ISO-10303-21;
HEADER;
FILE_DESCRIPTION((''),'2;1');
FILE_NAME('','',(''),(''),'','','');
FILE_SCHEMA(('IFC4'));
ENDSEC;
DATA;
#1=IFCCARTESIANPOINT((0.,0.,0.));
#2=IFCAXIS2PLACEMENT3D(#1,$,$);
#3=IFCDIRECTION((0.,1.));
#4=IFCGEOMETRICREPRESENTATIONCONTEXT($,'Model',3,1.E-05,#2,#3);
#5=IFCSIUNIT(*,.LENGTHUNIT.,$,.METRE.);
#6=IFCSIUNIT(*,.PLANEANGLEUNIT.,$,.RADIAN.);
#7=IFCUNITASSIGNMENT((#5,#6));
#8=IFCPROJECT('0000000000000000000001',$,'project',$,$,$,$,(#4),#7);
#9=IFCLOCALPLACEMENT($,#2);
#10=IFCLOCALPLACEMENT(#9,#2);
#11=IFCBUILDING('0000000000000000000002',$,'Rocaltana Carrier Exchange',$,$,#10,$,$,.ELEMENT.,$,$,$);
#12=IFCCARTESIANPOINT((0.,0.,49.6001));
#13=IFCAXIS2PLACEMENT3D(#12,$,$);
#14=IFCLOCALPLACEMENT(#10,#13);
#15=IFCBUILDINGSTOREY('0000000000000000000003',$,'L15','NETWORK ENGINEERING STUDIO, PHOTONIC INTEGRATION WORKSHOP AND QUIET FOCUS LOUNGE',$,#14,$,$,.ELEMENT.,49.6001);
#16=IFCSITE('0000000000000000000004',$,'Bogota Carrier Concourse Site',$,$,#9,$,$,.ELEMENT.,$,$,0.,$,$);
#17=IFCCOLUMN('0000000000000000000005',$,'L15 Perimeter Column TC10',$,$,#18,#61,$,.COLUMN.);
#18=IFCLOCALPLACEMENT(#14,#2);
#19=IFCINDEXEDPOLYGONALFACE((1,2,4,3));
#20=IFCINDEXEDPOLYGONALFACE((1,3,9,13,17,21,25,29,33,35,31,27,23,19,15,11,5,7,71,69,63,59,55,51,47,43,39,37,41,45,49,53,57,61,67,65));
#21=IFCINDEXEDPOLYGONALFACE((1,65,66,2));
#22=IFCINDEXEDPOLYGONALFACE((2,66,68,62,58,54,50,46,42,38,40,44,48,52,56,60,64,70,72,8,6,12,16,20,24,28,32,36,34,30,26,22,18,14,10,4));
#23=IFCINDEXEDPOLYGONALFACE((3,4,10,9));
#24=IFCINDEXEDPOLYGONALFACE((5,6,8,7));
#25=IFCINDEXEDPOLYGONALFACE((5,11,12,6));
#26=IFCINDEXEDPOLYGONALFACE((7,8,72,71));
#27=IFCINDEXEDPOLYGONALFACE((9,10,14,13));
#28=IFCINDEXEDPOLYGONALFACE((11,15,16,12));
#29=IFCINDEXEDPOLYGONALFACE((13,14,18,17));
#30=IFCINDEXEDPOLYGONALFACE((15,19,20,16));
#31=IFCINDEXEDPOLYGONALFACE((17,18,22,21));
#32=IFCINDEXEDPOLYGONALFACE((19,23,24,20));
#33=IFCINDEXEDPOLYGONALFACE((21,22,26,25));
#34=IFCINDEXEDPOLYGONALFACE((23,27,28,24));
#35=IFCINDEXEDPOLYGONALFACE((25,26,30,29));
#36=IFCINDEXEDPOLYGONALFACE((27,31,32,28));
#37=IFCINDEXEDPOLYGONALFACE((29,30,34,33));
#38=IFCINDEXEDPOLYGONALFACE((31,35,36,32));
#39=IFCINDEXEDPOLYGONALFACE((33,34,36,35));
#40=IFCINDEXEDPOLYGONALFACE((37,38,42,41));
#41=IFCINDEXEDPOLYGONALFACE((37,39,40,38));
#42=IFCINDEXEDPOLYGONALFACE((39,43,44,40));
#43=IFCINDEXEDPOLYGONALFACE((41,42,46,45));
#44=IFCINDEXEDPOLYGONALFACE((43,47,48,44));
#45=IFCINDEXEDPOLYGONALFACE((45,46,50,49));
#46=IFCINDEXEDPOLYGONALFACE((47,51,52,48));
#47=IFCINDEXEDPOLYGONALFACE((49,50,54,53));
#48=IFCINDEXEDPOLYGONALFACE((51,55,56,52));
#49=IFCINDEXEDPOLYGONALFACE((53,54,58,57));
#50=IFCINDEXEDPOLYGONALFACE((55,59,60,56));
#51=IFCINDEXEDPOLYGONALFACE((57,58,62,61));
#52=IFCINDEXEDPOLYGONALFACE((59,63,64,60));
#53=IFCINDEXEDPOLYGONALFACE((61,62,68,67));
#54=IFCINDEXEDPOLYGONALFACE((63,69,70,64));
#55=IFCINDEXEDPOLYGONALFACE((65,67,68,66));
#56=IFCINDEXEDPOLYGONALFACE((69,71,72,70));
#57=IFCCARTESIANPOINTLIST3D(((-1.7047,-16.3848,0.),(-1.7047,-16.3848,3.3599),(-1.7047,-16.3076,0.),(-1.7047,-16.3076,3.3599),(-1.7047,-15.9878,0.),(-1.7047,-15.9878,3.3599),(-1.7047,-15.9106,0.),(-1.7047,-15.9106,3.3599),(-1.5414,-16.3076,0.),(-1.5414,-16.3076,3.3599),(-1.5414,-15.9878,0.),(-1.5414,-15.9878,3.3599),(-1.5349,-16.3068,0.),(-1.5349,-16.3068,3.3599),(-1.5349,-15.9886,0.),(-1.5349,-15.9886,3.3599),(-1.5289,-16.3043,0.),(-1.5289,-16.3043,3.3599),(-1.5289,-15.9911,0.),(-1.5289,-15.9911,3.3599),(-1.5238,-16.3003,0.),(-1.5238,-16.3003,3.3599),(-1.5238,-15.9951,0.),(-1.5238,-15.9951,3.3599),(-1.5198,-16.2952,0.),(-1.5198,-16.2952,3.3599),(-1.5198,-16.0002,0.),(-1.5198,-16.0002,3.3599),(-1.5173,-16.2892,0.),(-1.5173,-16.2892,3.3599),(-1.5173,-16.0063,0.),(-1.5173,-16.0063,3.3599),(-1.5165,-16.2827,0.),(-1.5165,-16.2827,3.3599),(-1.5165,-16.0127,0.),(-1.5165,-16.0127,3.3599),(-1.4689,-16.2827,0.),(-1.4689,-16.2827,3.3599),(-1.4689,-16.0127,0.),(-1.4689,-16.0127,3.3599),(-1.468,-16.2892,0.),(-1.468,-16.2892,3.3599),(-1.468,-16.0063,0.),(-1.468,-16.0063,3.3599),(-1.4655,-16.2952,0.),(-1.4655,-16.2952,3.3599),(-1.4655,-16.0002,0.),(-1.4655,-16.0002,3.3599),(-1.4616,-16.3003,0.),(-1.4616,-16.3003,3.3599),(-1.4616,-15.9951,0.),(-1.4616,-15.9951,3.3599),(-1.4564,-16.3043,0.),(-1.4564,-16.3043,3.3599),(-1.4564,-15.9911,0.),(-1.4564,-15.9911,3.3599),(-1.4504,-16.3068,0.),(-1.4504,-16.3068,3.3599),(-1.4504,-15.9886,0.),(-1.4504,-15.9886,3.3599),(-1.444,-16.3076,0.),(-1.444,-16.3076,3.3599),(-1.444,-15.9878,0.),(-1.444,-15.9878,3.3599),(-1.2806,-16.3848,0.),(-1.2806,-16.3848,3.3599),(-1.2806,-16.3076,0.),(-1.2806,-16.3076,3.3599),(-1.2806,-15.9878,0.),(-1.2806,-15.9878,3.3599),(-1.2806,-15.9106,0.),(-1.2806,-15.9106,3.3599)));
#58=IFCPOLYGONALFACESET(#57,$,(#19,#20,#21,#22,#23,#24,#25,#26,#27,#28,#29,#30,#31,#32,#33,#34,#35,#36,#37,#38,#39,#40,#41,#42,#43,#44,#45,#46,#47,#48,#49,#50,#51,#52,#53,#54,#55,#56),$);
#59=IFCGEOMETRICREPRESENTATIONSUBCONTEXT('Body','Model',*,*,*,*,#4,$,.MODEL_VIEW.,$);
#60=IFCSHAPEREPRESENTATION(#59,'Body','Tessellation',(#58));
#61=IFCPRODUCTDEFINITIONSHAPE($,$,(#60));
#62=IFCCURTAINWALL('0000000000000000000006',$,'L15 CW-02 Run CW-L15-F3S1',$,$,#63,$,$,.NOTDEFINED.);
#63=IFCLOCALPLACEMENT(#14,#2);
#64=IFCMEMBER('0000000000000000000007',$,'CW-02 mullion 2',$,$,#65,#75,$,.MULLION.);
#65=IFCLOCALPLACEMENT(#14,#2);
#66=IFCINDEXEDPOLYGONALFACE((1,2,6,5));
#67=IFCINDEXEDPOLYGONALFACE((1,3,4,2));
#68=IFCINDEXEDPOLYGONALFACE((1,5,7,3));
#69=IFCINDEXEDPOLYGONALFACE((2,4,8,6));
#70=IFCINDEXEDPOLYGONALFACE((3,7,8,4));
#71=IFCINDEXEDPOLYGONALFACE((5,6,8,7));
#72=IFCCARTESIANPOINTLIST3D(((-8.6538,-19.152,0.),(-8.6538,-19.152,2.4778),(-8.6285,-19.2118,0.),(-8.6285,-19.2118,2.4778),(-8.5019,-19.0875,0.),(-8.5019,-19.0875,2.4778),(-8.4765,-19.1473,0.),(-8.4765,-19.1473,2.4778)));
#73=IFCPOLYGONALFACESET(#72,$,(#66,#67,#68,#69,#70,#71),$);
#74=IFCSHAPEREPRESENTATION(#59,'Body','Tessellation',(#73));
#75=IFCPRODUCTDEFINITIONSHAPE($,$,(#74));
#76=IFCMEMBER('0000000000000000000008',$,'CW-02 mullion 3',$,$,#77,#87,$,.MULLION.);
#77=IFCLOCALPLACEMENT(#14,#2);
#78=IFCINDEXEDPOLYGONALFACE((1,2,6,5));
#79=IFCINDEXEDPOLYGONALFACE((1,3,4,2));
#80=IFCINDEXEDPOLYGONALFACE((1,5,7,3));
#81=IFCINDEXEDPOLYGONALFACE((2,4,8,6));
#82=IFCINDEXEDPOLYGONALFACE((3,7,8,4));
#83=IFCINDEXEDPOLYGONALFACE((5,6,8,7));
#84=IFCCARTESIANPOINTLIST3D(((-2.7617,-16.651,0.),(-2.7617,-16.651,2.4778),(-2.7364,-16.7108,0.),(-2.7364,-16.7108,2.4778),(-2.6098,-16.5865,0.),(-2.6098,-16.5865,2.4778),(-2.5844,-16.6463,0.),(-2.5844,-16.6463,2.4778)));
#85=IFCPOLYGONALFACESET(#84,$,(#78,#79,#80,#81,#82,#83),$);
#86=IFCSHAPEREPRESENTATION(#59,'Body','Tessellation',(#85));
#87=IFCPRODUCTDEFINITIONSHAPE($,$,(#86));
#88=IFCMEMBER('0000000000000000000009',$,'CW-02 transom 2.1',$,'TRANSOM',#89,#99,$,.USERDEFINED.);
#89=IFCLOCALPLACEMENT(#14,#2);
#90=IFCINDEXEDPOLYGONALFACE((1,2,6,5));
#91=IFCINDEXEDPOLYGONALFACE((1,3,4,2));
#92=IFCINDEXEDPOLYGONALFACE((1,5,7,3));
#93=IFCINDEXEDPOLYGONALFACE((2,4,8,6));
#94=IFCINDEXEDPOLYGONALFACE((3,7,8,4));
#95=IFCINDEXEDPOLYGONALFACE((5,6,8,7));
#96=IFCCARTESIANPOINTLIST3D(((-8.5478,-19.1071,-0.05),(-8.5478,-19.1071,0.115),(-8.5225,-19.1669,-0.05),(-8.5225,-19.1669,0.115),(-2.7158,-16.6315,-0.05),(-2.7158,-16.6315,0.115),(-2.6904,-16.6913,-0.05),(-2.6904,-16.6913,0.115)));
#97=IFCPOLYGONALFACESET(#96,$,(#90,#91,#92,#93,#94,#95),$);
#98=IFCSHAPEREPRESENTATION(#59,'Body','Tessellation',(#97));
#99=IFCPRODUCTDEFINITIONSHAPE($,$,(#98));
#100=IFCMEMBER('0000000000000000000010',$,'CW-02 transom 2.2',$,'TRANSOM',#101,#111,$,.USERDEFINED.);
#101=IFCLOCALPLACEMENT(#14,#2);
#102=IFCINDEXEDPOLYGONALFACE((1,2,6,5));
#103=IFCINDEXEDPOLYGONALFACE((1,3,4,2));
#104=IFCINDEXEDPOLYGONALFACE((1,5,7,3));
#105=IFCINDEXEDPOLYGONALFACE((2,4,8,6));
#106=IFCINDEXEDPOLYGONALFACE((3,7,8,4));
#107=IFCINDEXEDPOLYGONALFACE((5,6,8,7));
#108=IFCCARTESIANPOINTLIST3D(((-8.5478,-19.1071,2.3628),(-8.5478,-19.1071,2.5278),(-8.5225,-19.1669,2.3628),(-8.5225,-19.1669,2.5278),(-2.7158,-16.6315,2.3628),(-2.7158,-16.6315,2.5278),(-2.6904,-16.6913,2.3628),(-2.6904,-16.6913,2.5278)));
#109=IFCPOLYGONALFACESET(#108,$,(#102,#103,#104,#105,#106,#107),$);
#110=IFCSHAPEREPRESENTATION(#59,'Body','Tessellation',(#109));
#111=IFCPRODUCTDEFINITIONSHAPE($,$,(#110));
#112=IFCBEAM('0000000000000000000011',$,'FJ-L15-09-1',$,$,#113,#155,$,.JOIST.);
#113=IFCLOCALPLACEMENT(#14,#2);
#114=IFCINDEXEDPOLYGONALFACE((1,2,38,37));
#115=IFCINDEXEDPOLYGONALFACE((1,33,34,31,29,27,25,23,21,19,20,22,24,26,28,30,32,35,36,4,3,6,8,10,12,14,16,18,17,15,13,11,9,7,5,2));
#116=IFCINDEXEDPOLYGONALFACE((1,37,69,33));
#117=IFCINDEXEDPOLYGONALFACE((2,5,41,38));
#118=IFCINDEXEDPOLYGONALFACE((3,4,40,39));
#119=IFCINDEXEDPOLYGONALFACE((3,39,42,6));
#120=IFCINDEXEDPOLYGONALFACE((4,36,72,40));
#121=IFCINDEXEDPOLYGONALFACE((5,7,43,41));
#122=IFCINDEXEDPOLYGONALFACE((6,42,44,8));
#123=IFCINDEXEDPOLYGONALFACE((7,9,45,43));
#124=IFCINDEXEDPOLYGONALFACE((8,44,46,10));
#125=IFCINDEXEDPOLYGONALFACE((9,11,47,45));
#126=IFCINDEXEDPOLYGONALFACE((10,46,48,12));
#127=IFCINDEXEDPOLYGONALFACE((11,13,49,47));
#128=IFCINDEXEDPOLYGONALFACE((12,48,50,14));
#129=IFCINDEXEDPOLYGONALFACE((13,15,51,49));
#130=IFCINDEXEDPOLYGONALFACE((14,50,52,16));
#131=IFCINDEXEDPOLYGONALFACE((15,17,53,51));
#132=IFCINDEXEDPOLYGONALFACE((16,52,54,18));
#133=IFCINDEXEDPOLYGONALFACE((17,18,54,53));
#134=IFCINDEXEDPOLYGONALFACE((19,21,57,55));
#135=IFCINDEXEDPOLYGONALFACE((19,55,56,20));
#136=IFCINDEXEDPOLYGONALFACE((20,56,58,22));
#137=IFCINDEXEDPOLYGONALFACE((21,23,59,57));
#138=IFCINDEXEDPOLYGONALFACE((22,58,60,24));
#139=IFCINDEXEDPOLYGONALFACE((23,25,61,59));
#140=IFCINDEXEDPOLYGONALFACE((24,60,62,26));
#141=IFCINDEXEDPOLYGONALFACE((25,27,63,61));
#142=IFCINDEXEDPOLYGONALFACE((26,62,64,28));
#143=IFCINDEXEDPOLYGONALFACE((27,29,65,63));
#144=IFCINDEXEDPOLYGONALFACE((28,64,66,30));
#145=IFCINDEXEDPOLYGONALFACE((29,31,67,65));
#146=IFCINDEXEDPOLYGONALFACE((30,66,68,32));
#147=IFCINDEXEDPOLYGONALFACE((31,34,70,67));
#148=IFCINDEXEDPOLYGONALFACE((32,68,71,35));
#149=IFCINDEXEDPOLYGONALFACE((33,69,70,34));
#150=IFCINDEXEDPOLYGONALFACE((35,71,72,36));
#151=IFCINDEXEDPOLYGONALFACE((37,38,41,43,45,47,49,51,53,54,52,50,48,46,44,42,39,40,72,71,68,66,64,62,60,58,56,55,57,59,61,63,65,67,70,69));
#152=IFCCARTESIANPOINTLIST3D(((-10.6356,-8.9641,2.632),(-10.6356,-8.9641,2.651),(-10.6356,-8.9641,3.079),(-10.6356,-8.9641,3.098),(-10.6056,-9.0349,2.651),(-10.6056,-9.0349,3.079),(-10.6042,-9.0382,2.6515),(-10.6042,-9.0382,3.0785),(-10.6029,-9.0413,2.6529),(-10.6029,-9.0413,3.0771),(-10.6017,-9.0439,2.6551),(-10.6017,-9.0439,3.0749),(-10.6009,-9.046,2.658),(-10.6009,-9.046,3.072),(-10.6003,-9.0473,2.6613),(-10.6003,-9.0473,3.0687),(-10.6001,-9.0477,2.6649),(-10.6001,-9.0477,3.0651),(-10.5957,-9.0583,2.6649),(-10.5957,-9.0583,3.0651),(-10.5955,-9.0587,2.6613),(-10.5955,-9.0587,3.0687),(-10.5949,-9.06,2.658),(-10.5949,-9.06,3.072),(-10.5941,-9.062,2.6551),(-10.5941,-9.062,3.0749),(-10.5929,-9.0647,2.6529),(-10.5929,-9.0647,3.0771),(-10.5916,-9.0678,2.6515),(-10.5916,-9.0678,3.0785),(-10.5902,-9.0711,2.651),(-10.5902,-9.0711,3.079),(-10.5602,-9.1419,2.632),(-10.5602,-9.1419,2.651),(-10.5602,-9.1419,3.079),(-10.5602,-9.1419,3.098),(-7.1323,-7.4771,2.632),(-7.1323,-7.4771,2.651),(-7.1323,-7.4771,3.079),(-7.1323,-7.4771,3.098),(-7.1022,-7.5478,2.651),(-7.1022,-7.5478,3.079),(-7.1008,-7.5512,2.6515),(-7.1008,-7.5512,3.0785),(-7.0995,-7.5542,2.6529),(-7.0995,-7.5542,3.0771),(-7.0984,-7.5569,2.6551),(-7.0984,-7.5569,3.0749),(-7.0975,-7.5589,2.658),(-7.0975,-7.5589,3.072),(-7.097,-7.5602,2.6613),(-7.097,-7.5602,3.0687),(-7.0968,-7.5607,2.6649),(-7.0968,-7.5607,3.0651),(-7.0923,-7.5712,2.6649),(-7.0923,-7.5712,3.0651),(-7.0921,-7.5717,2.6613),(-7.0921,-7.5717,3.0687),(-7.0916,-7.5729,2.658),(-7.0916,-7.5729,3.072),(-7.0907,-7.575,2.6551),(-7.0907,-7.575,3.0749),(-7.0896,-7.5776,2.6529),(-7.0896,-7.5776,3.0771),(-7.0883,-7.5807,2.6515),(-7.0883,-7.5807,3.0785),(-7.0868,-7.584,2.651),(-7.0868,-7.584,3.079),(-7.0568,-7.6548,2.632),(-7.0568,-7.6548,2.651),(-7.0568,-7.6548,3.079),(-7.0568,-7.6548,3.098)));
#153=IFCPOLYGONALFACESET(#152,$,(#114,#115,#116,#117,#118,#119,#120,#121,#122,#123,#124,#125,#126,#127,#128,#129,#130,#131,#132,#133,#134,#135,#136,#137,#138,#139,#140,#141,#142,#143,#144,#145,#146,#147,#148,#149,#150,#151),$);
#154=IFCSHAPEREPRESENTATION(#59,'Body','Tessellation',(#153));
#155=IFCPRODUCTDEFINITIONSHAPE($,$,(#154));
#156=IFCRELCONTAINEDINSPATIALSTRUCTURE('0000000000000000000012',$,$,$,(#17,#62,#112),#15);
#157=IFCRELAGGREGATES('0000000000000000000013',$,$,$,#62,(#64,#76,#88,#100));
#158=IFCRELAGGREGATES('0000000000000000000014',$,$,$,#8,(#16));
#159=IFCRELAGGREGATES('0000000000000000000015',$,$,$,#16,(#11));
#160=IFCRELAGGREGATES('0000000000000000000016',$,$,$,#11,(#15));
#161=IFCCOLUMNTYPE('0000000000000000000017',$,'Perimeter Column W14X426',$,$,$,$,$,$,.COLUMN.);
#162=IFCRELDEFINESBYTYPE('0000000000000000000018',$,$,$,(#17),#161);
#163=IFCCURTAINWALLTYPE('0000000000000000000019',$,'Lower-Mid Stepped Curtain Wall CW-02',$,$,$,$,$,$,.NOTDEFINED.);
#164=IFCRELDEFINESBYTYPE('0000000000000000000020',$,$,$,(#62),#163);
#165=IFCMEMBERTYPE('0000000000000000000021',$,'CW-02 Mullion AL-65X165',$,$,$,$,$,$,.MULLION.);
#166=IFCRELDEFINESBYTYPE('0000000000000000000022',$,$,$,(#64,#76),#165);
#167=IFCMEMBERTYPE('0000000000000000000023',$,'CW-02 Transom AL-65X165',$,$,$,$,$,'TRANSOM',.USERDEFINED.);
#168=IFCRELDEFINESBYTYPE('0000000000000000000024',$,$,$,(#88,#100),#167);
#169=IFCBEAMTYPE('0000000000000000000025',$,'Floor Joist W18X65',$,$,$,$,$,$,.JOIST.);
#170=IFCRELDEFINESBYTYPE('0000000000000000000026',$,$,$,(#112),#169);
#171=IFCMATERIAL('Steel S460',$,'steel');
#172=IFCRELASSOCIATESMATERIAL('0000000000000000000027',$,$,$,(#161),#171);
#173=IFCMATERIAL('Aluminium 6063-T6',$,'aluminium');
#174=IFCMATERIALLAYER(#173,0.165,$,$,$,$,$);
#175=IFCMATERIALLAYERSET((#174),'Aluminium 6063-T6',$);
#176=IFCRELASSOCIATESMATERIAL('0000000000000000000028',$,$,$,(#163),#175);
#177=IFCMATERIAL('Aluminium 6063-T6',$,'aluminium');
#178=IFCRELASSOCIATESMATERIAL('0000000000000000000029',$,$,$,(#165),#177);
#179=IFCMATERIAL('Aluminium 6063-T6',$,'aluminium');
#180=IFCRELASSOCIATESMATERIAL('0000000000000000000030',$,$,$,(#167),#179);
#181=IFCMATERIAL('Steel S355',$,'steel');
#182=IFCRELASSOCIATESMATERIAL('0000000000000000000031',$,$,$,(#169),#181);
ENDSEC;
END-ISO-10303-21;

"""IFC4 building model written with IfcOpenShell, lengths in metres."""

from ifc_helpers import new_model, si_unit, direction, frame, origin, origin_2d, place, context, subcontext, project, spatial, rectangle, i_section, extrude, material, layer, layer_set, material_profile, profile_set, type_object, element, aggregate, save


model = new_model("IFC4")

# Units and contexts
model_context = context("Model", 3, precision=1e-05, world=origin(), true_north=direction((0.0, 1.0)))
body_context = subcontext(model_context, "Body", "Model", "MODEL_VIEW")
ifc_project = project(units=[si_unit("LENGTHUNIT", "METRE"), si_unit("PLANEANGLEUNIT", "RADIAN")], contexts=[model_context])

# Site, building, storey
site_placement = place(None, origin())
site = spatial("IfcSite", under=ifc_project, at=site_placement, Name="Bogota Carrier Concourse Site", CompositionType="ELEMENT", RefElevation=0.0)
building_placement = place(site_placement, origin())
building = spatial("IfcBuilding", under=site, at=building_placement, Name="Rocaltana Carrier Exchange", CompositionType="ELEMENT")
storey_placement = place(building_placement, frame((0.0, 0.0, 49.6001)))
storey = spatial("IfcBuildingStorey", under=building, at=storey_placement, Name="L15", Description="NETWORK ENGINEERING STUDIO, PHOTONIC INTEGRATION WORKSHOP AND QUIET FOCUS LOUNGE", CompositionType="ELEMENT", Elevation=49.6001)

# Column
ifc_material_1 = material(Name="Steel S460", Category="steel")
ifc_material_profile_1 = material_profile(ifc_material_1, i_section(OverallWidth=0.4241, OverallDepth=0.4741, WebThickness=0.0476, FlangeThickness=0.0771, FilletRadius=0.0249, at=origin_2d()), Name="W14X426")
ifc_profile_set_1 = profile_set([ifc_material_profile_1], Name="Steel S460")
column_type = type_object("IfcColumnType", Name="Perimeter Column W14X426", PredefinedType="COLUMN", material=ifc_profile_set_1)
column_placement = place(storey_placement, frame((-1.4927, -16.1477, 0.0), z_axis=(0.0, 0.0, 1.0), x_axis=(1.0, 0.0, 0.0)))
element("IfcColumn", 1, at=column_placement, inside=storey, type_object=column_type, Name="L15 Perimeter Column TC10", PredefinedType="COLUMN", context=body_context, shape_type="SweptSolid", body=[
    extrude(i_section(OverallWidth=0.4241, OverallDepth=0.4741, WebThickness=0.0476, FlangeThickness=0.0771, FilletRadius=0.0249, at=origin_2d()), origin(), (0.0, 0.0, 1.0), 3.3599),
])

# Curtain wall, members
ifc_material_2 = material(Name="Aluminium 6063-T6", Category="aluminium")
ifc_layer_1 = layer(ifc_material_2, 0.165)
ifc_layer_set_1 = layer_set([ifc_layer_1], Name="Aluminium 6063-T6")
curtain_wall_type = type_object("IfcCurtainWallType", Name="Lower-Mid Stepped Curtain Wall CW-02", PredefinedType="NOTDEFINED", material=ifc_layer_set_1)
curtain_wall_placement = place(storey_placement, origin())
curtain_wall = element("IfcCurtainWall", 2, at=curtain_wall_placement, inside=storey, type_object=curtain_wall_type, Name="L15 CW-02 Run CW-L15-F3S1", PredefinedType="NOTDEFINED")
ifc_material_3 = material(Name="Aluminium 6063-T6", Category="aluminium")
ifc_material_profile_2 = material_profile(ifc_material_3, rectangle(XDim=0.0649, YDim=0.165, at=origin_2d()), Name="AL-65X165")
ifc_profile_set_2 = profile_set([ifc_material_profile_2], Name="Aluminium 6063-T6")
member_type_1 = type_object("IfcMemberType", Name="CW-02 Mullion AL-65X165", PredefinedType="MULLION", material=ifc_profile_set_2)
member_1_placement = place(storey_placement, frame((-8.5652, -19.1497, 0.0), z_axis=(0.0, 0.0, 1.0), x_axis=(-0.390729, 0.920506, 0.0)))
member_1 = element("IfcMember", 3, at=member_1_placement, type_object=member_type_1, Name="CW-02 mullion 2", PredefinedType="MULLION", context=body_context, shape_type="SweptSolid", body=[
    extrude(rectangle(XDim=0.0649, YDim=0.165, at=origin_2d()), origin(), (0.0, 0.0, 1.0), 2.4778),
])
member_2_placement = place(storey_placement, frame((-2.6731, -16.6487, 0.0), z_axis=(0.0, 0.0, 1.0), x_axis=(-0.390729, 0.920506, 0.0)))
member_2 = element("IfcMember", 4, at=member_2_placement, type_object=member_type_1, Name="CW-02 mullion 3", PredefinedType="MULLION", context=body_context, shape_type="SweptSolid", body=[
    extrude(rectangle(XDim=0.0649, YDim=0.165, at=origin_2d()), origin(), (0.0, 0.0, 1.0), 2.4778),
])
ifc_material_4 = material(Name="Aluminium 6063-T6", Category="aluminium")
ifc_material_profile_3 = material_profile(ifc_material_4, rectangle(XDim=0.0649, YDim=0.165, at=origin_2d()), Name="AL-65X165")
ifc_profile_set_3 = profile_set([ifc_material_profile_3], Name="Aluminium 6063-T6")
member_type_2 = type_object("IfcMemberType", Name="CW-02 Transom AL-65X165", ElementType="TRANSOM", PredefinedType="USERDEFINED", material=ifc_profile_set_3)
member_3_placement = place(storey_placement, frame((-8.5352, -19.137, 0.0325), z_axis=(0.920503, 0.390736, 0.0), x_axis=(-0.390736, 0.920503, 0.0)))
member_3 = element("IfcMember", 5, at=member_3_placement, type_object=member_type_2, Name="CW-02 transom 2.1", ObjectType="TRANSOM", PredefinedType="USERDEFINED", context=body_context, shape_type="SweptSolid", body=[
    extrude(rectangle(XDim=0.0649, YDim=0.165, at=origin_2d()), origin(), (0.0, 0.0, 1.0), 6.3357),
])
member_4_placement = place(storey_placement, frame((-8.5352, -19.137, 2.4453), z_axis=(0.920503, 0.390736, 0.0), x_axis=(-0.390736, 0.920503, 0.0)))
member_4 = element("IfcMember", 6, at=member_4_placement, type_object=member_type_2, Name="CW-02 transom 2.2", ObjectType="TRANSOM", PredefinedType="USERDEFINED", context=body_context, shape_type="SweptSolid", body=[
    extrude(rectangle(XDim=0.0649, YDim=0.165, at=origin_2d()), origin(), (0.0, 0.0, 1.0), 6.3357),
])

# Beam
ifc_material_5 = material(Name="Steel S355", Category="steel")
ifc_material_profile_4 = material_profile(ifc_material_5, i_section(OverallWidth=0.1931, OverallDepth=0.4661, WebThickness=0.0115, FlangeThickness=0.019, FilletRadius=0.0139, at=origin_2d()), Name="W18X65")
ifc_profile_set_4 = profile_set([ifc_material_profile_4], Name="Steel S355")
beam_type = type_object("IfcBeamType", Name="Floor Joist W18X65", PredefinedType="JOIST", material=ifc_profile_set_4)
beam_1_placement = place(storey_placement, frame((-10.5979, -9.053, 2.865), z_axis=(0.92051, 0.39072, 0.0), x_axis=(-0.39072, 0.92051, 0.0)))
element("IfcBeam", 7, at=beam_1_placement, inside=storey, type_object=beam_type, Name="FJ-L15-09-1", PredefinedType="JOIST", context=body_context, shape_type="SweptSolid", body=[
    extrude(i_section(OverallWidth=0.1931, OverallDepth=0.4661, WebThickness=0.0115, FlangeThickness=0.019, FilletRadius=0.0139, at=origin_2d()), origin(), (0.0, 0.0, 1.0), 3.8059),
])

aggregate(curtain_wall, [member_1, member_2, member_3, member_4])

save(model, "model.ifc")
